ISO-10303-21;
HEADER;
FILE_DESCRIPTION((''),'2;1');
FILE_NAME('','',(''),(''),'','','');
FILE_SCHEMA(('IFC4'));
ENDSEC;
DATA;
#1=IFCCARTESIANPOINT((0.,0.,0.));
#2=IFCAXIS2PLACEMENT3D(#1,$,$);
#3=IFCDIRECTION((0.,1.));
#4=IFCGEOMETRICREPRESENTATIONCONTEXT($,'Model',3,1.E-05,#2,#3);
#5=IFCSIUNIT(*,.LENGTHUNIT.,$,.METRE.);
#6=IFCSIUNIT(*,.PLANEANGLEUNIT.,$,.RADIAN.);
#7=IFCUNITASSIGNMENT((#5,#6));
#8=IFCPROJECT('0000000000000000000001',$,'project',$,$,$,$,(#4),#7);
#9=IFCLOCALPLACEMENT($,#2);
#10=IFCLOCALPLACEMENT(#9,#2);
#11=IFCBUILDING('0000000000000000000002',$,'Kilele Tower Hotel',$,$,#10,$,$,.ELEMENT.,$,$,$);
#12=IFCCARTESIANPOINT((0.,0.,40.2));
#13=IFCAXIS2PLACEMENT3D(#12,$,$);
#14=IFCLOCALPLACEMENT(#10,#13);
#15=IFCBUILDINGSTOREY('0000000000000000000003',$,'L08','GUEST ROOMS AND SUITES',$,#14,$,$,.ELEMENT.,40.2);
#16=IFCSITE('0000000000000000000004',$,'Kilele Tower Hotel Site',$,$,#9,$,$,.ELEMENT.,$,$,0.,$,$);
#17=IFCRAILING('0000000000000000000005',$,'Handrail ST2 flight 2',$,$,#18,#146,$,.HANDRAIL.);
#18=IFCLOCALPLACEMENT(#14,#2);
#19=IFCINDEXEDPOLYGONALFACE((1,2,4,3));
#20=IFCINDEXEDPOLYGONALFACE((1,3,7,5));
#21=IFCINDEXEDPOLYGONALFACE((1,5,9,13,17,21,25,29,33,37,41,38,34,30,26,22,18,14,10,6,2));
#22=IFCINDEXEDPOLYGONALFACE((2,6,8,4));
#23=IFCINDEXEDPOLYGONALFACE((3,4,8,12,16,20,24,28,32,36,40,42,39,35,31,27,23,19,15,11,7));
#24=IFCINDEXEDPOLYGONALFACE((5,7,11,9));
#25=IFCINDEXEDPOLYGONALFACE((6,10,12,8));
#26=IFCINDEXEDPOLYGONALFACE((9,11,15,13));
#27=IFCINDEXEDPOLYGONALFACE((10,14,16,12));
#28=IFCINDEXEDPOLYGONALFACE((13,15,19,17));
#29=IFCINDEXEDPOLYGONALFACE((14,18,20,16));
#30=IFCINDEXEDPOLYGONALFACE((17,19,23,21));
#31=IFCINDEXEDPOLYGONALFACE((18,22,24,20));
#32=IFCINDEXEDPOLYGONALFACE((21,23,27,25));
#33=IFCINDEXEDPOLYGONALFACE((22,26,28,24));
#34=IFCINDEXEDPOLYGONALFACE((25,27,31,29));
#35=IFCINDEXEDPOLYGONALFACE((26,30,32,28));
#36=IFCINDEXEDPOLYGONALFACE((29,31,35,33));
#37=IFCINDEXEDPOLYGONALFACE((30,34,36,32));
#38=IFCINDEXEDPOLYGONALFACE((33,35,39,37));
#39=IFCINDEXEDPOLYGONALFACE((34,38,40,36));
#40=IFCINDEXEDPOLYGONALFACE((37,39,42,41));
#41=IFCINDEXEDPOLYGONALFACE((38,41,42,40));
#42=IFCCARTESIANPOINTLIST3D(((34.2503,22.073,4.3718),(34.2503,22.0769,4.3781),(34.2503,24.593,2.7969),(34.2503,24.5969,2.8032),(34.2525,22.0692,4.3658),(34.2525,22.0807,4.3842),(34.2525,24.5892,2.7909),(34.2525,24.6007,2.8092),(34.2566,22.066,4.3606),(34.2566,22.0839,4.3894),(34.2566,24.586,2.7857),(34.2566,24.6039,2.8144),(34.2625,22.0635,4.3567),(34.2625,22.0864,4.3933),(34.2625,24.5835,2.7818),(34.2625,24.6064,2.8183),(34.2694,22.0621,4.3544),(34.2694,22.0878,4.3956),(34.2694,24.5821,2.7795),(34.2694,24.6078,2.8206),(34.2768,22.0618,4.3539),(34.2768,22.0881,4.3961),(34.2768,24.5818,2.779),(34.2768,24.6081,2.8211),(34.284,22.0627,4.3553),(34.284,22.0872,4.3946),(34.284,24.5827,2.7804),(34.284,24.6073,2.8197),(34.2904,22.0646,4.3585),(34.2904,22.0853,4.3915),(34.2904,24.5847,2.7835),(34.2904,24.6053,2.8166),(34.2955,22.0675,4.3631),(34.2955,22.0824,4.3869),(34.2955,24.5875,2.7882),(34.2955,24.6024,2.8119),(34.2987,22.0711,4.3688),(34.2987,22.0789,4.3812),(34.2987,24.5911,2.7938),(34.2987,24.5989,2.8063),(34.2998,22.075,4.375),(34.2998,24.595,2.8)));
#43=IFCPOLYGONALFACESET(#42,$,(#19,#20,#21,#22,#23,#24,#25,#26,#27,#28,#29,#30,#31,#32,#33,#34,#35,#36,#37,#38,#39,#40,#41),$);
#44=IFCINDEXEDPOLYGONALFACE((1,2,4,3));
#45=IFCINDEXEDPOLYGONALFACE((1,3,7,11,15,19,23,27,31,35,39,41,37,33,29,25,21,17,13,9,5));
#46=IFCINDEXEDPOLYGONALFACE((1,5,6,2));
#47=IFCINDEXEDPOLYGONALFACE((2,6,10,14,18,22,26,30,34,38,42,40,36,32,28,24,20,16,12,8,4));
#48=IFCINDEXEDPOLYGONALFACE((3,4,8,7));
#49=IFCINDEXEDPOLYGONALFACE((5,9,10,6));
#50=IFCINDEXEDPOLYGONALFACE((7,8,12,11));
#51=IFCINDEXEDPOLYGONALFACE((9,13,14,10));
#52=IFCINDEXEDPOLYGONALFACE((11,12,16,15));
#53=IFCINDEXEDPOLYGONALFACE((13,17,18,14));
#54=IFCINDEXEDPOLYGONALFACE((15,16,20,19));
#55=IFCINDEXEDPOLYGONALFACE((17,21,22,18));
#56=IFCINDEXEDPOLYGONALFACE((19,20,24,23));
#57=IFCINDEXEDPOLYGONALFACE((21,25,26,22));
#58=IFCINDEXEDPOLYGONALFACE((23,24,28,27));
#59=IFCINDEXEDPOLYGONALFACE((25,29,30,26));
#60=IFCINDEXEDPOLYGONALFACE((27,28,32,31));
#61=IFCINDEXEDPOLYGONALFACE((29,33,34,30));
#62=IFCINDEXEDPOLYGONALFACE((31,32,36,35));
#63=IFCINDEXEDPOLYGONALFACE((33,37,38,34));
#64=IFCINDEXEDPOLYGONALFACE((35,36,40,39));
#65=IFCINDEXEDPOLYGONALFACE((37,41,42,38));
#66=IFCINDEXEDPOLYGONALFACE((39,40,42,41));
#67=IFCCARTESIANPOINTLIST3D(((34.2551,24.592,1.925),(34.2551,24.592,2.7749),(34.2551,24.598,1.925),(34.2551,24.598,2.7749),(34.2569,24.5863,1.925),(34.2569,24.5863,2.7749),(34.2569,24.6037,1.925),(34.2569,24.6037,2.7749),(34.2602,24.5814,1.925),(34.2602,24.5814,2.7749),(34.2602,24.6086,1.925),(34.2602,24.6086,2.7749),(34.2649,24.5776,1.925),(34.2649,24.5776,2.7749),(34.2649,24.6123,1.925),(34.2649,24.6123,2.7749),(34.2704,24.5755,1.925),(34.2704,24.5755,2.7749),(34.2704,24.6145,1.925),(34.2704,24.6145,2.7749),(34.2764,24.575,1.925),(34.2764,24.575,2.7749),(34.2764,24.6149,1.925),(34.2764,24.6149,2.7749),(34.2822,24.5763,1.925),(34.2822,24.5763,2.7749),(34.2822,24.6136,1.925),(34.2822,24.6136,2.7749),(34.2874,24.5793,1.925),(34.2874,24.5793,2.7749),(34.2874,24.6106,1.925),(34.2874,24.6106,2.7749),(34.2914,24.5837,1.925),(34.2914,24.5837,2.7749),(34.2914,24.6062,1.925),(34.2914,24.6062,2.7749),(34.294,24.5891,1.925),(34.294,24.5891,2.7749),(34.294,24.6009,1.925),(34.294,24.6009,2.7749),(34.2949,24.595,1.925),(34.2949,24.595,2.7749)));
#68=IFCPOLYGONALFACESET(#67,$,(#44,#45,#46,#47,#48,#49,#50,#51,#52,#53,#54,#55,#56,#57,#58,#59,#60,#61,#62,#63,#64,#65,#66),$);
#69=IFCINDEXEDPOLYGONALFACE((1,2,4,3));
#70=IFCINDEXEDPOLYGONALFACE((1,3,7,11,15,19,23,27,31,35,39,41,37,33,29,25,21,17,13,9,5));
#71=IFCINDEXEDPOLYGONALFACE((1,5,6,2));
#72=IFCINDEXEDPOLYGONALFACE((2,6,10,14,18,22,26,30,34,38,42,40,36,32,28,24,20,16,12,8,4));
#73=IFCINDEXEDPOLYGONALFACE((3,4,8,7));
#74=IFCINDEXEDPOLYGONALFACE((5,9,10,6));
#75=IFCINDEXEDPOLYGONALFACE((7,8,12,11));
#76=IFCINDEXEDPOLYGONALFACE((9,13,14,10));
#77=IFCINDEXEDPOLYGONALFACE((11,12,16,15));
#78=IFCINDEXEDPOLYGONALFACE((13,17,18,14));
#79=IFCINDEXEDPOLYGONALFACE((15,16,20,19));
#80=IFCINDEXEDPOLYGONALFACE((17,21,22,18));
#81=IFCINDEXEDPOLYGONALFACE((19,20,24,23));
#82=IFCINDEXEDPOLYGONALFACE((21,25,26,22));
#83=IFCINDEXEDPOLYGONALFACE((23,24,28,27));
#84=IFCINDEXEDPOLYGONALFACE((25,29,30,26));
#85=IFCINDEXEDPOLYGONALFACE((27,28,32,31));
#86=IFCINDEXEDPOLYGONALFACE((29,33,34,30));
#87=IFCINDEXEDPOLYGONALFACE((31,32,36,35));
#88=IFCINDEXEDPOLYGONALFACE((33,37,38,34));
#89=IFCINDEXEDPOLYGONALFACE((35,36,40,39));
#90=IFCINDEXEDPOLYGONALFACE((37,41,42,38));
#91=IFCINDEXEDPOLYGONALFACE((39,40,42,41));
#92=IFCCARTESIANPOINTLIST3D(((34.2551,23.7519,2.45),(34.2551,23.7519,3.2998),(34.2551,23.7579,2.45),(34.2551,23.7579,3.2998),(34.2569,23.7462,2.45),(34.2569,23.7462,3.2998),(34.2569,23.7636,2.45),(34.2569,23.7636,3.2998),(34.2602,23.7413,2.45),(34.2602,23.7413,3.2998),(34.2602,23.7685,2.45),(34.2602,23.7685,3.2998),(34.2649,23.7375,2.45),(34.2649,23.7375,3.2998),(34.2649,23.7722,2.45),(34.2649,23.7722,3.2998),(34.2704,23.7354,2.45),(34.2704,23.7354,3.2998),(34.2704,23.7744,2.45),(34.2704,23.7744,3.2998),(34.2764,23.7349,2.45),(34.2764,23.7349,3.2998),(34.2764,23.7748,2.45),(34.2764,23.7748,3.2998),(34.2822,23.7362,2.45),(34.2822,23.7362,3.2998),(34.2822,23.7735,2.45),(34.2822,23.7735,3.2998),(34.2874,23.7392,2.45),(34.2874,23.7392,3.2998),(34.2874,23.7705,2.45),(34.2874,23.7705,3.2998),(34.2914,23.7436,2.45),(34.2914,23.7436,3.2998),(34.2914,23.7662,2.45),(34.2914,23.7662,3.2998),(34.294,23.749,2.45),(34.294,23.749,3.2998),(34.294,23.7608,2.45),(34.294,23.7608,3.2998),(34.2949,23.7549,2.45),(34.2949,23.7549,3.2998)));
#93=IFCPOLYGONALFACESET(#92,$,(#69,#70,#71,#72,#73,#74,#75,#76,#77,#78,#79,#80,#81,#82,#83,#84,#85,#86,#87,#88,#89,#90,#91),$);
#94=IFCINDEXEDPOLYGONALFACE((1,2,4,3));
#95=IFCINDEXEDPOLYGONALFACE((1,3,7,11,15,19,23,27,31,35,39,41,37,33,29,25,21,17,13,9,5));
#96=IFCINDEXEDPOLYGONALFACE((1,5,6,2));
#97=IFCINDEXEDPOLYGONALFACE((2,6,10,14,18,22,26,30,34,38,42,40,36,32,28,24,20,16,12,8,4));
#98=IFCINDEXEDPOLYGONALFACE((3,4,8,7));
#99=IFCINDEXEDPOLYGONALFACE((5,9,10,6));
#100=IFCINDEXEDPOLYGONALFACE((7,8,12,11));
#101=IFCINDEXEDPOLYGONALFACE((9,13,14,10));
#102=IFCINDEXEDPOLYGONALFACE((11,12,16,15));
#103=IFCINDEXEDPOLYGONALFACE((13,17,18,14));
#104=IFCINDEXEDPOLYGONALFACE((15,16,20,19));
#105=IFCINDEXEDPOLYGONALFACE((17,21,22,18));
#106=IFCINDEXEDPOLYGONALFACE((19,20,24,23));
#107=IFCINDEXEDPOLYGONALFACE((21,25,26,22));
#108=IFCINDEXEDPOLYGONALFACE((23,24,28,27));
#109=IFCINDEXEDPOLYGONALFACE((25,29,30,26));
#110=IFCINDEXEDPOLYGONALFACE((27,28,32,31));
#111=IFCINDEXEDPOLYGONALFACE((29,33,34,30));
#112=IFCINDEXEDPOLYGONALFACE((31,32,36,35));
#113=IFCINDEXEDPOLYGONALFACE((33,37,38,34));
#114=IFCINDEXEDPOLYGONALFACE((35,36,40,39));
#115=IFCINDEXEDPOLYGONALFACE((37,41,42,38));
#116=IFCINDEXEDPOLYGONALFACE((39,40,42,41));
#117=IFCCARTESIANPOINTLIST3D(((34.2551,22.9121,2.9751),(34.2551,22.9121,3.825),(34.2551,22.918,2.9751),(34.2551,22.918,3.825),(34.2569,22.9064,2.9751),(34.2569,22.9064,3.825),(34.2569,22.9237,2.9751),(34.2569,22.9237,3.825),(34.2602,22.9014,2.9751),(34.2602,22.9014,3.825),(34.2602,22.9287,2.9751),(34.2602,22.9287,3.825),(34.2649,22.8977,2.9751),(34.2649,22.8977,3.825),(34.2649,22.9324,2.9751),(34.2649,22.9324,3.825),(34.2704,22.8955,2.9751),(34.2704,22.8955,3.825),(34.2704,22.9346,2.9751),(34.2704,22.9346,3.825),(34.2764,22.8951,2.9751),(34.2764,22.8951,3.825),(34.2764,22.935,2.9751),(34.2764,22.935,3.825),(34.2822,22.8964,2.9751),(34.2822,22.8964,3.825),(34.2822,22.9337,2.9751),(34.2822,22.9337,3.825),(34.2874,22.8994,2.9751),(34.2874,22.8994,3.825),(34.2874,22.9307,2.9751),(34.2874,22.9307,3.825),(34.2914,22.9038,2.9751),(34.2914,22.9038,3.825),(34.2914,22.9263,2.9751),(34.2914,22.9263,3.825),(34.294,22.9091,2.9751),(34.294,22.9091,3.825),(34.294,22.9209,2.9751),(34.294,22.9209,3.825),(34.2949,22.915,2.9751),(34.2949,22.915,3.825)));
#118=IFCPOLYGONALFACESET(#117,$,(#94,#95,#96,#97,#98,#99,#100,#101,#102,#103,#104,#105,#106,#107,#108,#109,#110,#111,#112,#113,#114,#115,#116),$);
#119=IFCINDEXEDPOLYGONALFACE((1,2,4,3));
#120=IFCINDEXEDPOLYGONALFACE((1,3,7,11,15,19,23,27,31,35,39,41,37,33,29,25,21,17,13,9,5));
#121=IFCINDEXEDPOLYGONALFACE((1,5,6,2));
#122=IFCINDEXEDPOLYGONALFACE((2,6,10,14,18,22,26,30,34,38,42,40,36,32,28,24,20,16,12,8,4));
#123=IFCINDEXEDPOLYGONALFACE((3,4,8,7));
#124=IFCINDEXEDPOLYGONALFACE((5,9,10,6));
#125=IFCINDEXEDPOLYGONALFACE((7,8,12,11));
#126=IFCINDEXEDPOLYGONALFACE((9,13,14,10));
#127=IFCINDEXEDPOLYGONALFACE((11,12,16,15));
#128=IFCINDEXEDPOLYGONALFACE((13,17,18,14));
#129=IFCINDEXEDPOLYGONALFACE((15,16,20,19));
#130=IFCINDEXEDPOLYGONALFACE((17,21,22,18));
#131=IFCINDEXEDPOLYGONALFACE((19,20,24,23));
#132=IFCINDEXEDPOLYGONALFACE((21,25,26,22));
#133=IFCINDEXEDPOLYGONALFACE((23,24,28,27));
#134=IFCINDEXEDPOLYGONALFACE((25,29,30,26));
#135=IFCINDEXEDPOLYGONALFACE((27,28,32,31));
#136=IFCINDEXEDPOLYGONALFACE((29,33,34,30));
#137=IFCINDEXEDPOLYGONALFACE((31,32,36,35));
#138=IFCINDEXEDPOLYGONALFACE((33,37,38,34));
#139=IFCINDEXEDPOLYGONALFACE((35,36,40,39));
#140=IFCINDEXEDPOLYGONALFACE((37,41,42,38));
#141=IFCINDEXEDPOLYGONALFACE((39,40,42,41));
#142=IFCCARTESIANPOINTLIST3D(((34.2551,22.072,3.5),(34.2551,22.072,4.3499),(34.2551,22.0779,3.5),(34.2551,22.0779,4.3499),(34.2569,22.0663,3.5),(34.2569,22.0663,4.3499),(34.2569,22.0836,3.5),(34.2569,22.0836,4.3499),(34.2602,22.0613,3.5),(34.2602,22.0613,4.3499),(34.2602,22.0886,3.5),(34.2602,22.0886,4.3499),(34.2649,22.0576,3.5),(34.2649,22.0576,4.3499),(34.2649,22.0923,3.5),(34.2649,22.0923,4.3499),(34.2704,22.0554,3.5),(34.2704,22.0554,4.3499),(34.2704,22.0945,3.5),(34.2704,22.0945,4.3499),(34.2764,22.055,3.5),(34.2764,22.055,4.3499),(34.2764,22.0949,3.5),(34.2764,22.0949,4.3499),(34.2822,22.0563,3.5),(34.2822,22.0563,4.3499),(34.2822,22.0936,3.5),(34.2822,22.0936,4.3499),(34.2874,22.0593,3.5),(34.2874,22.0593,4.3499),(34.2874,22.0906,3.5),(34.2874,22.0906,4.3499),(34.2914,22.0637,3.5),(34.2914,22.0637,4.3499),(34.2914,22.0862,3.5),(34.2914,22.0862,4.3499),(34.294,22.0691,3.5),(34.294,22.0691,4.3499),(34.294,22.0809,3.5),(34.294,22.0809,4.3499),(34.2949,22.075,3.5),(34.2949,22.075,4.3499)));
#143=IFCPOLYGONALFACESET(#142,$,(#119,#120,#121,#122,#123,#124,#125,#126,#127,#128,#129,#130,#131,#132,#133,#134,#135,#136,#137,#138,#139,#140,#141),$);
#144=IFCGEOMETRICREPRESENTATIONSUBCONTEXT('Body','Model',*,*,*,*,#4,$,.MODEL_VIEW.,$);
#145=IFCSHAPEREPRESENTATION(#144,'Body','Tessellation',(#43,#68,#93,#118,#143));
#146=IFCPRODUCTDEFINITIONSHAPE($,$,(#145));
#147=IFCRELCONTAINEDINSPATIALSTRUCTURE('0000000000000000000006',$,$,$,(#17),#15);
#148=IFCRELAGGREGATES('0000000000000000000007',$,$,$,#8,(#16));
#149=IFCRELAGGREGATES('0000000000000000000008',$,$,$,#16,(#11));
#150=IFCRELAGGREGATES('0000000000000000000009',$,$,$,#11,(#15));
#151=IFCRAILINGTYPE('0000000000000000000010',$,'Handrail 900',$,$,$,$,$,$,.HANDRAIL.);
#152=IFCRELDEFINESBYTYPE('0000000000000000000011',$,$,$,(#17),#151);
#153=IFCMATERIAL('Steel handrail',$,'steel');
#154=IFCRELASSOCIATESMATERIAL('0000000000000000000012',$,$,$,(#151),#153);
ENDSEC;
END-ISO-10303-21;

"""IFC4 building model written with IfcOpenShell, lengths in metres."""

from ifc_helpers import new_model, si_unit, direction, frame, origin, origin_2d, place, context, subcontext, project, spatial, circle, extrude, material, type_object, element, save


model = new_model("IFC4")

# Units and contexts
model_context = context("Model", 3, precision=1e-05, world=origin(), true_north=direction((0.0, 1.0)))
body_context = subcontext(model_context, "Body", "Model", "MODEL_VIEW")
ifc_project = project(units=[si_unit("LENGTHUNIT", "METRE"), si_unit("PLANEANGLEUNIT", "RADIAN")], contexts=[model_context])

# Site, building, storey
site_placement = place(None, origin())
site = spatial("IfcSite", under=ifc_project, at=site_placement, Name="Kilele Tower Hotel Site", CompositionType="ELEMENT", RefElevation=0.0)
building_placement = place(site_placement, origin())
building = spatial("IfcBuilding", under=site, at=building_placement, Name="Kilele Tower Hotel", CompositionType="ELEMENT")
storey_placement = place(building_placement, frame((0.0, 0.0, 40.2)))
storey = spatial("IfcBuildingStorey", under=building, at=storey_placement, Name="L08", Description="GUEST ROOMS AND SUITES", CompositionType="ELEMENT", Elevation=40.2)

# Railing
ifc_material_1 = material(Name="Steel handrail", Category="steel")
railing_type_1 = type_object("IfcRailingType", Name="Handrail 900", PredefinedType="HANDRAIL", material=ifc_material_1)
for number, where, name in (
    (1, (34.2749, 24.595, 1.925), "Handrail ST2 flight 2"),
):
    element("IfcRailing", number, at=place(storey_placement, frame(where)), inside=storey, type_object=railing_type_1, Name=name, PredefinedType="HANDRAIL", context=body_context, shape_type="SweptSolid", body=[
        extrude(circle(Radius=0.0249, at=origin_2d()), frame((0.0, 0.0, 0.875), z_axis=(0.0, -0.848008, 0.529984), x_axis=(1.0, 0.0, 0.0)), (0.0, 0.0, 1.0), 2.9717),
        extrude(circle(Radius=0.02, at=origin_2d()), origin(), (0.0, 0.0, 1.0), 0.8499),
        extrude(circle(Radius=0.02, at=origin_2d()), frame((0.0, -0.8401, 0.5249)), (0.0, 0.0, 1.0), 0.8499),
        extrude(circle(Radius=0.02, at=origin_2d()), frame((0.0, -1.6799, 1.05)), (0.0, 0.0, 1.0), 0.8499),
        extrude(circle(Radius=0.02, at=origin_2d()), frame((0.0, -2.52, 1.575)), (0.0, 0.0, 1.0), 0.8499),
    ])

save(model, "model.ifc")
